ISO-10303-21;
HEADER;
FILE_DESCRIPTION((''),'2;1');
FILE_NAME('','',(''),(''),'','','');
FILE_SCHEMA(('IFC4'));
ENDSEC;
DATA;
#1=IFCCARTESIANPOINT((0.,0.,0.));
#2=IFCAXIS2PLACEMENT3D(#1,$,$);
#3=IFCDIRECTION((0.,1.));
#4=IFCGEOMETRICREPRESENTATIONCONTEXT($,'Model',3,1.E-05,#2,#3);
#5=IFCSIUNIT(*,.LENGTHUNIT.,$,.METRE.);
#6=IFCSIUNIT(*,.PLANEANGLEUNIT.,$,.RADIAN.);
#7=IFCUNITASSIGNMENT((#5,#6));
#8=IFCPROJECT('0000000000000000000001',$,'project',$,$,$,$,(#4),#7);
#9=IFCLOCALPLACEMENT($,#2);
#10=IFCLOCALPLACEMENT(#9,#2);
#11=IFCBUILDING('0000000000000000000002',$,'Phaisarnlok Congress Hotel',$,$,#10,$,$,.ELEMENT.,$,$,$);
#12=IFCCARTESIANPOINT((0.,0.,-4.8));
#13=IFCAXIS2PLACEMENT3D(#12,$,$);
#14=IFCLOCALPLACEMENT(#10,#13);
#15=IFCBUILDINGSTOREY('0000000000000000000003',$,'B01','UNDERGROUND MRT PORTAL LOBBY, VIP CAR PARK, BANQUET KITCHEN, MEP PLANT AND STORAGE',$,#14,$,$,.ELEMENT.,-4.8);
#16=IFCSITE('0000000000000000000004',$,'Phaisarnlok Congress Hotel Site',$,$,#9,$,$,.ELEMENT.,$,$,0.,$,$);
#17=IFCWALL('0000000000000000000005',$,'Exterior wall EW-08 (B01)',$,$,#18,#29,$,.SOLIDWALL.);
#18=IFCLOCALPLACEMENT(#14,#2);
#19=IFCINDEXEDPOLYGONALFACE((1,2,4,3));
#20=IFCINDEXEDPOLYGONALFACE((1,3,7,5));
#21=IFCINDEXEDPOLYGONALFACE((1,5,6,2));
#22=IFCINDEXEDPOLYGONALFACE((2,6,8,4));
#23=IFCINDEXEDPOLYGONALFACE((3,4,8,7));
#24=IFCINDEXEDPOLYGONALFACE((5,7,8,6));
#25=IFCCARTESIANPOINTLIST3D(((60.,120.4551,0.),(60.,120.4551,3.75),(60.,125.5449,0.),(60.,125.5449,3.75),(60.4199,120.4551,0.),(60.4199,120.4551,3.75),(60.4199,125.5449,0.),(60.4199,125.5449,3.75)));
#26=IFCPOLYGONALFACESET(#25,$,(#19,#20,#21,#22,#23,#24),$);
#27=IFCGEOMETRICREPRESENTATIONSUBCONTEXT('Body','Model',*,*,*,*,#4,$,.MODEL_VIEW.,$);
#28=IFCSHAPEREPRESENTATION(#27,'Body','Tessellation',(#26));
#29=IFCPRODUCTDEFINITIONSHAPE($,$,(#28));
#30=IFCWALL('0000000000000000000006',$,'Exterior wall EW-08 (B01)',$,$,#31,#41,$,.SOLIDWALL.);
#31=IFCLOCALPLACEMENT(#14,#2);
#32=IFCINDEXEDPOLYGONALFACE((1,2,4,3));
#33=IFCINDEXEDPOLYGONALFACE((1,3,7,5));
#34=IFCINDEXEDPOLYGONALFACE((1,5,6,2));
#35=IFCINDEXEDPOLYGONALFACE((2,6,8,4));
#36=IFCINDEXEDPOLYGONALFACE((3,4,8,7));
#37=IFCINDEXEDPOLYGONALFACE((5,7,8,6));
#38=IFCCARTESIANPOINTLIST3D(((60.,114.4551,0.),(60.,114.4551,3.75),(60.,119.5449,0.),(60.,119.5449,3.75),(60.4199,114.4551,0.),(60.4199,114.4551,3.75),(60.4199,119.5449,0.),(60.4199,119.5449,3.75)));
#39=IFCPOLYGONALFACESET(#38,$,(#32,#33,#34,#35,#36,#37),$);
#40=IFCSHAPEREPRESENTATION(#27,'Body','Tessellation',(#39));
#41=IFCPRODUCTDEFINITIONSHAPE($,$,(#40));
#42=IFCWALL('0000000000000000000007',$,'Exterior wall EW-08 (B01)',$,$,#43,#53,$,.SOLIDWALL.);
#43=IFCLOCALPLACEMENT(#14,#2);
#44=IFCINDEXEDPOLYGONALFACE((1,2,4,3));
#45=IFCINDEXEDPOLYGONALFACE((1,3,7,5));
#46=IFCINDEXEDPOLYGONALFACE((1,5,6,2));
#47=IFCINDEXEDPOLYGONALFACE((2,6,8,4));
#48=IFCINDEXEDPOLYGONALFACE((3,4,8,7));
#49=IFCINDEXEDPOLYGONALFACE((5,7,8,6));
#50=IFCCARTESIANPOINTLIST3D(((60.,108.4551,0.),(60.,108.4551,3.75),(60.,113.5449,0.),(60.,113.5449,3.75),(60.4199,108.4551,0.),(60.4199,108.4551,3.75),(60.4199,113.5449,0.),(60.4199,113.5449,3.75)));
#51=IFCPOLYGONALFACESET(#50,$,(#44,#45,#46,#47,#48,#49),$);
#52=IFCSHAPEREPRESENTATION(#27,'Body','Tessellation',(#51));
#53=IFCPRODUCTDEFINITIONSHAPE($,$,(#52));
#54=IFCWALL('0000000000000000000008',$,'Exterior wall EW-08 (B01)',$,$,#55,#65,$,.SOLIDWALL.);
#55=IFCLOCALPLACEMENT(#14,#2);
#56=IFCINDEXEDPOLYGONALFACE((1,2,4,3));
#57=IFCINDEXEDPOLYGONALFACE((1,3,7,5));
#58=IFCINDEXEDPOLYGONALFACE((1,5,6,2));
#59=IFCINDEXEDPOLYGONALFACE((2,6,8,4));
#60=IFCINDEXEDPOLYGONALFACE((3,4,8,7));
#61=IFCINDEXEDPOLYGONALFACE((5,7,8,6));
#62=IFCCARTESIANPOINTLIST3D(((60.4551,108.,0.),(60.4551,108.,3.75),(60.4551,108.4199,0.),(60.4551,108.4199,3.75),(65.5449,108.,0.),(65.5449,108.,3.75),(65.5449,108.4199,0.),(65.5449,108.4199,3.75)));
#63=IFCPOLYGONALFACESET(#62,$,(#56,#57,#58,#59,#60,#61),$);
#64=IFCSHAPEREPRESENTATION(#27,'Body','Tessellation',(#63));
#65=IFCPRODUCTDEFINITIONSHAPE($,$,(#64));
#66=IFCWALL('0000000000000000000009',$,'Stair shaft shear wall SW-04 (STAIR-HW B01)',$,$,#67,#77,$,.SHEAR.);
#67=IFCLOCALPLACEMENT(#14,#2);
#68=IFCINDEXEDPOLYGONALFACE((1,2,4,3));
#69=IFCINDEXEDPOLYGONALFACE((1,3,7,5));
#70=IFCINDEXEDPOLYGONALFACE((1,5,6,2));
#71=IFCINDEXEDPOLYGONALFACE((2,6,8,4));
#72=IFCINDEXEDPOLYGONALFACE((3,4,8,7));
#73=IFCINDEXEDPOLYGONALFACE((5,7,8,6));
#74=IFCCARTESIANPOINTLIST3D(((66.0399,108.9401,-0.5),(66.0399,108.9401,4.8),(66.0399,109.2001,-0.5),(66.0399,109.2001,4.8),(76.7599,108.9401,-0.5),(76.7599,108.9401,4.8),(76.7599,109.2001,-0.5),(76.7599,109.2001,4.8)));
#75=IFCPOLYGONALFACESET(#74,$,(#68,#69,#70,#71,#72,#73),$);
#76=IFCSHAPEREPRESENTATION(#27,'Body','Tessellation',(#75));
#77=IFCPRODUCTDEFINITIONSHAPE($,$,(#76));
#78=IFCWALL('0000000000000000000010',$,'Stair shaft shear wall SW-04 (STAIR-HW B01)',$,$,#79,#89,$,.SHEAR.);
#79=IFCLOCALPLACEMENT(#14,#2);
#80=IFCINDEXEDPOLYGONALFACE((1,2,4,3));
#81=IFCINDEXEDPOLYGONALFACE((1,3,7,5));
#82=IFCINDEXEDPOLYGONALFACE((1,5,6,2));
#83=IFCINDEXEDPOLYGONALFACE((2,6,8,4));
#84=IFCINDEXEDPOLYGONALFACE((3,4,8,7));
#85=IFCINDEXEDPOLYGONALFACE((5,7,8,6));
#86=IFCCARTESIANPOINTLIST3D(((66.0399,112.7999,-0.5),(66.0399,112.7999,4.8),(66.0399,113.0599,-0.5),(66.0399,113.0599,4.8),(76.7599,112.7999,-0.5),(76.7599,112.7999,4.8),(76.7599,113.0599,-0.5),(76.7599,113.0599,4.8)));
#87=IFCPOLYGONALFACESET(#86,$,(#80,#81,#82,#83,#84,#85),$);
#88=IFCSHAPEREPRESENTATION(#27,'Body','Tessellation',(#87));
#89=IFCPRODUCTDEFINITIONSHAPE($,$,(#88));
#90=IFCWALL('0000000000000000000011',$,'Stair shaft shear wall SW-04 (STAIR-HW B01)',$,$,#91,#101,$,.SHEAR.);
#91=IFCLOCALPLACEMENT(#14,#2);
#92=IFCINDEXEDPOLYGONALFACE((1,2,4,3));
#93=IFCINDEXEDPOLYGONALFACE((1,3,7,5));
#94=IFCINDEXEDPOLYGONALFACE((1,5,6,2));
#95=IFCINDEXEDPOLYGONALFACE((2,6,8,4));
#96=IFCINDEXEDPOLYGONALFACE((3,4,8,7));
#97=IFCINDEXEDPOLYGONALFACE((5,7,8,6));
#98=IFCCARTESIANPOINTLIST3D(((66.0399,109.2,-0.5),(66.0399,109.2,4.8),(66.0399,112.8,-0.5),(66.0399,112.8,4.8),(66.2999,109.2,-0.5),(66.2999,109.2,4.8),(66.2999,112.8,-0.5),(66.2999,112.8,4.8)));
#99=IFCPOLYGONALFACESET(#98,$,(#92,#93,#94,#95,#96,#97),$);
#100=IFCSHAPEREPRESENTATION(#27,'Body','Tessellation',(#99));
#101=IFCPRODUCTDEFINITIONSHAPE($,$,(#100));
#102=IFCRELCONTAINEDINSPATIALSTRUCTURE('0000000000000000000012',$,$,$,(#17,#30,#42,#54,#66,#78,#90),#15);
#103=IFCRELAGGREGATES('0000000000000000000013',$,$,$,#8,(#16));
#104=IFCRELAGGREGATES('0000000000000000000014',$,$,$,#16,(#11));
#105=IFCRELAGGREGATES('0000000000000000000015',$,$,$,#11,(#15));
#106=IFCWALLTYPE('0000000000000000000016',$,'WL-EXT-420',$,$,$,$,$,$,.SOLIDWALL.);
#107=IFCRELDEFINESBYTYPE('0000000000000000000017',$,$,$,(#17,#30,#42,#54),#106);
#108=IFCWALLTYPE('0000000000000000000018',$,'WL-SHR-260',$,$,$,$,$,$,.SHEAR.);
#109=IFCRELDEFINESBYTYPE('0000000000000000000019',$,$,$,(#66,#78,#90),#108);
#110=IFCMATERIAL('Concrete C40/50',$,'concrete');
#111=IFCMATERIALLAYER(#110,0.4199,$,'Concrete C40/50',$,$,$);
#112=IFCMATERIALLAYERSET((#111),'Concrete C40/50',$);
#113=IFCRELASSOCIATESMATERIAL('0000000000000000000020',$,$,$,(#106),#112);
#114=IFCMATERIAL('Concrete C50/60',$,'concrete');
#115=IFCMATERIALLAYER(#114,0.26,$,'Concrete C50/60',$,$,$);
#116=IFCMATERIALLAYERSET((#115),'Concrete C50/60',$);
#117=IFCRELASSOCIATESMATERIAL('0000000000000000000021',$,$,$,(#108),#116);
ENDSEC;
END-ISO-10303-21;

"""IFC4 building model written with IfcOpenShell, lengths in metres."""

from ifc_helpers import new_model, si_unit, direction, frame, frame_2d, origin, place, context, subcontext, project, spatial, rectangle, extrude, material, layer, layer_set, type_object, element, save


model = new_model("IFC4")

# Units and contexts
model_context = context("Model", 3, precision=1e-05, world=origin(), true_north=direction((0.0, 1.0)))
body_context = subcontext(model_context, "Body", "Model", "MODEL_VIEW")
ifc_project = project(units=[si_unit("LENGTHUNIT", "METRE"), si_unit("PLANEANGLEUNIT", "RADIAN")], contexts=[model_context])

# Site, building, storey
site_placement = place(None, origin())
site = spatial("IfcSite", under=ifc_project, at=site_placement, Name="Phaisarnlok Congress Hotel Site", CompositionType="ELEMENT", RefElevation=0.0)
building_placement = place(site_placement, origin())
building = spatial("IfcBuilding", under=site, at=building_placement, Name="Phaisarnlok Congress Hotel", CompositionType="ELEMENT")
storey_placement = place(building_placement, frame((0.0, 0.0, -4.8)))
storey = spatial("IfcBuildingStorey", under=building, at=storey_placement, Name="B01", Description="UNDERGROUND MRT PORTAL LOBBY, VIP CAR PARK, BANQUET KITCHEN, MEP PLANT AND STORAGE", CompositionType="ELEMENT", Elevation=-4.8)

# Shared definitions
ifc_material_1 = material(Name="Concrete C40/50", Category="concrete")

# Shared definitions
ifc_material_2 = material(Name="Concrete C50/60", Category="concrete")

# Walls
ifc_layer_1 = layer(ifc_material_1, 0.4199, Name="Concrete C40/50")
ifc_layer_set_1 = layer_set([ifc_layer_1], Name="Concrete C40/50")
wall_type_1 = type_object("IfcWallType", Name="WL-EXT-420", PredefinedType="SOLIDWALL", material=ifc_layer_set_1)
for number, where, z_axis, x_axis, name in (
    (1, (60.21, 125.5449, 0.0), (0.0, 0.0, 1.0), (0.0, -1.0, 0.0), "Exterior wall EW-08 (B01)"),
    (2, (60.21, 119.5449, 0.0), (0.0, 0.0, 1.0), (0.0, -1.0, 0.0), "Exterior wall EW-08 (B01)"),
    (3, (60.21, 113.5449, 0.0), (0.0, 0.0, 1.0), (0.0, -1.0, 0.0), "Exterior wall EW-08 (B01)"),
    (4, (60.4551, 108.21, 0.0), (0.0, 0.0, 1.0), (1.0, 0.0, 0.0), "Exterior wall EW-08 (B01)"),
):
    element("IfcWall", number, at=place(storey_placement, frame(where, z_axis=z_axis, x_axis=x_axis)), inside=storey, type_object=wall_type_1, Name=name, PredefinedType="SOLIDWALL", context=body_context, shape_type="SweptSolid", body=[
        extrude(rectangle(XDim=5.0898, YDim=0.4199, at=frame_2d((2.5449, 0.0))), origin(), (0.0, 0.0, 1.0), 3.75),
    ])
ifc_layer_2 = layer(ifc_material_2, 0.26, Name="Concrete C50/60")
ifc_layer_set_2 = layer_set([ifc_layer_2], Name="Concrete C50/60")
wall_type_2 = type_object("IfcWallType", Name="WL-SHR-260", PredefinedType="SHEAR", material=ifc_layer_set_2)
for number, where, z_axis, x_axis, name in (
    (5, (66.04, 109.0701, -0.5), (0.0, 0.0, 1.0), (1.0, 0.0, 0.0), "Stair shaft shear wall SW-04 (STAIR-HW B01)"),
    (6, (66.04, 112.9299, -0.5), (0.0, 0.0, 1.0), (1.0, 0.0, 0.0), "Stair shaft shear wall SW-04 (STAIR-HW B01)"),
):
    element("IfcWall", number, at=place(storey_placement, frame(where, z_axis=z_axis, x_axis=x_axis)), inside=storey, type_object=wall_type_2, Name=name, PredefinedType="SHEAR", context=body_context, shape_type="SweptSolid", body=[
        extrude(rectangle(XDim=10.72, YDim=0.26, at=frame_2d((5.3599, 0.0))), origin(), (0.0, 0.0, 1.0), 5.3),
    ])
wall_placement = place(storey_placement, frame((66.1699, 109.2, -0.5), z_axis=(0.0, 0.0, 1.0), x_axis=(0.0, 1.0, 0.0)))
element("IfcWall", 7, at=wall_placement, inside=storey, type_object=wall_type_2, Name="Stair shaft shear wall SW-04 (STAIR-HW B01)", PredefinedType="SHEAR", context=body_context, shape_type="SweptSolid", body=[
    extrude(rectangle(XDim=3.6001, YDim=0.26, at=frame_2d((1.8, 0.0))), origin(), (0.0, 0.0, 1.0), 5.3),
])

save(model, "model.ifc")
